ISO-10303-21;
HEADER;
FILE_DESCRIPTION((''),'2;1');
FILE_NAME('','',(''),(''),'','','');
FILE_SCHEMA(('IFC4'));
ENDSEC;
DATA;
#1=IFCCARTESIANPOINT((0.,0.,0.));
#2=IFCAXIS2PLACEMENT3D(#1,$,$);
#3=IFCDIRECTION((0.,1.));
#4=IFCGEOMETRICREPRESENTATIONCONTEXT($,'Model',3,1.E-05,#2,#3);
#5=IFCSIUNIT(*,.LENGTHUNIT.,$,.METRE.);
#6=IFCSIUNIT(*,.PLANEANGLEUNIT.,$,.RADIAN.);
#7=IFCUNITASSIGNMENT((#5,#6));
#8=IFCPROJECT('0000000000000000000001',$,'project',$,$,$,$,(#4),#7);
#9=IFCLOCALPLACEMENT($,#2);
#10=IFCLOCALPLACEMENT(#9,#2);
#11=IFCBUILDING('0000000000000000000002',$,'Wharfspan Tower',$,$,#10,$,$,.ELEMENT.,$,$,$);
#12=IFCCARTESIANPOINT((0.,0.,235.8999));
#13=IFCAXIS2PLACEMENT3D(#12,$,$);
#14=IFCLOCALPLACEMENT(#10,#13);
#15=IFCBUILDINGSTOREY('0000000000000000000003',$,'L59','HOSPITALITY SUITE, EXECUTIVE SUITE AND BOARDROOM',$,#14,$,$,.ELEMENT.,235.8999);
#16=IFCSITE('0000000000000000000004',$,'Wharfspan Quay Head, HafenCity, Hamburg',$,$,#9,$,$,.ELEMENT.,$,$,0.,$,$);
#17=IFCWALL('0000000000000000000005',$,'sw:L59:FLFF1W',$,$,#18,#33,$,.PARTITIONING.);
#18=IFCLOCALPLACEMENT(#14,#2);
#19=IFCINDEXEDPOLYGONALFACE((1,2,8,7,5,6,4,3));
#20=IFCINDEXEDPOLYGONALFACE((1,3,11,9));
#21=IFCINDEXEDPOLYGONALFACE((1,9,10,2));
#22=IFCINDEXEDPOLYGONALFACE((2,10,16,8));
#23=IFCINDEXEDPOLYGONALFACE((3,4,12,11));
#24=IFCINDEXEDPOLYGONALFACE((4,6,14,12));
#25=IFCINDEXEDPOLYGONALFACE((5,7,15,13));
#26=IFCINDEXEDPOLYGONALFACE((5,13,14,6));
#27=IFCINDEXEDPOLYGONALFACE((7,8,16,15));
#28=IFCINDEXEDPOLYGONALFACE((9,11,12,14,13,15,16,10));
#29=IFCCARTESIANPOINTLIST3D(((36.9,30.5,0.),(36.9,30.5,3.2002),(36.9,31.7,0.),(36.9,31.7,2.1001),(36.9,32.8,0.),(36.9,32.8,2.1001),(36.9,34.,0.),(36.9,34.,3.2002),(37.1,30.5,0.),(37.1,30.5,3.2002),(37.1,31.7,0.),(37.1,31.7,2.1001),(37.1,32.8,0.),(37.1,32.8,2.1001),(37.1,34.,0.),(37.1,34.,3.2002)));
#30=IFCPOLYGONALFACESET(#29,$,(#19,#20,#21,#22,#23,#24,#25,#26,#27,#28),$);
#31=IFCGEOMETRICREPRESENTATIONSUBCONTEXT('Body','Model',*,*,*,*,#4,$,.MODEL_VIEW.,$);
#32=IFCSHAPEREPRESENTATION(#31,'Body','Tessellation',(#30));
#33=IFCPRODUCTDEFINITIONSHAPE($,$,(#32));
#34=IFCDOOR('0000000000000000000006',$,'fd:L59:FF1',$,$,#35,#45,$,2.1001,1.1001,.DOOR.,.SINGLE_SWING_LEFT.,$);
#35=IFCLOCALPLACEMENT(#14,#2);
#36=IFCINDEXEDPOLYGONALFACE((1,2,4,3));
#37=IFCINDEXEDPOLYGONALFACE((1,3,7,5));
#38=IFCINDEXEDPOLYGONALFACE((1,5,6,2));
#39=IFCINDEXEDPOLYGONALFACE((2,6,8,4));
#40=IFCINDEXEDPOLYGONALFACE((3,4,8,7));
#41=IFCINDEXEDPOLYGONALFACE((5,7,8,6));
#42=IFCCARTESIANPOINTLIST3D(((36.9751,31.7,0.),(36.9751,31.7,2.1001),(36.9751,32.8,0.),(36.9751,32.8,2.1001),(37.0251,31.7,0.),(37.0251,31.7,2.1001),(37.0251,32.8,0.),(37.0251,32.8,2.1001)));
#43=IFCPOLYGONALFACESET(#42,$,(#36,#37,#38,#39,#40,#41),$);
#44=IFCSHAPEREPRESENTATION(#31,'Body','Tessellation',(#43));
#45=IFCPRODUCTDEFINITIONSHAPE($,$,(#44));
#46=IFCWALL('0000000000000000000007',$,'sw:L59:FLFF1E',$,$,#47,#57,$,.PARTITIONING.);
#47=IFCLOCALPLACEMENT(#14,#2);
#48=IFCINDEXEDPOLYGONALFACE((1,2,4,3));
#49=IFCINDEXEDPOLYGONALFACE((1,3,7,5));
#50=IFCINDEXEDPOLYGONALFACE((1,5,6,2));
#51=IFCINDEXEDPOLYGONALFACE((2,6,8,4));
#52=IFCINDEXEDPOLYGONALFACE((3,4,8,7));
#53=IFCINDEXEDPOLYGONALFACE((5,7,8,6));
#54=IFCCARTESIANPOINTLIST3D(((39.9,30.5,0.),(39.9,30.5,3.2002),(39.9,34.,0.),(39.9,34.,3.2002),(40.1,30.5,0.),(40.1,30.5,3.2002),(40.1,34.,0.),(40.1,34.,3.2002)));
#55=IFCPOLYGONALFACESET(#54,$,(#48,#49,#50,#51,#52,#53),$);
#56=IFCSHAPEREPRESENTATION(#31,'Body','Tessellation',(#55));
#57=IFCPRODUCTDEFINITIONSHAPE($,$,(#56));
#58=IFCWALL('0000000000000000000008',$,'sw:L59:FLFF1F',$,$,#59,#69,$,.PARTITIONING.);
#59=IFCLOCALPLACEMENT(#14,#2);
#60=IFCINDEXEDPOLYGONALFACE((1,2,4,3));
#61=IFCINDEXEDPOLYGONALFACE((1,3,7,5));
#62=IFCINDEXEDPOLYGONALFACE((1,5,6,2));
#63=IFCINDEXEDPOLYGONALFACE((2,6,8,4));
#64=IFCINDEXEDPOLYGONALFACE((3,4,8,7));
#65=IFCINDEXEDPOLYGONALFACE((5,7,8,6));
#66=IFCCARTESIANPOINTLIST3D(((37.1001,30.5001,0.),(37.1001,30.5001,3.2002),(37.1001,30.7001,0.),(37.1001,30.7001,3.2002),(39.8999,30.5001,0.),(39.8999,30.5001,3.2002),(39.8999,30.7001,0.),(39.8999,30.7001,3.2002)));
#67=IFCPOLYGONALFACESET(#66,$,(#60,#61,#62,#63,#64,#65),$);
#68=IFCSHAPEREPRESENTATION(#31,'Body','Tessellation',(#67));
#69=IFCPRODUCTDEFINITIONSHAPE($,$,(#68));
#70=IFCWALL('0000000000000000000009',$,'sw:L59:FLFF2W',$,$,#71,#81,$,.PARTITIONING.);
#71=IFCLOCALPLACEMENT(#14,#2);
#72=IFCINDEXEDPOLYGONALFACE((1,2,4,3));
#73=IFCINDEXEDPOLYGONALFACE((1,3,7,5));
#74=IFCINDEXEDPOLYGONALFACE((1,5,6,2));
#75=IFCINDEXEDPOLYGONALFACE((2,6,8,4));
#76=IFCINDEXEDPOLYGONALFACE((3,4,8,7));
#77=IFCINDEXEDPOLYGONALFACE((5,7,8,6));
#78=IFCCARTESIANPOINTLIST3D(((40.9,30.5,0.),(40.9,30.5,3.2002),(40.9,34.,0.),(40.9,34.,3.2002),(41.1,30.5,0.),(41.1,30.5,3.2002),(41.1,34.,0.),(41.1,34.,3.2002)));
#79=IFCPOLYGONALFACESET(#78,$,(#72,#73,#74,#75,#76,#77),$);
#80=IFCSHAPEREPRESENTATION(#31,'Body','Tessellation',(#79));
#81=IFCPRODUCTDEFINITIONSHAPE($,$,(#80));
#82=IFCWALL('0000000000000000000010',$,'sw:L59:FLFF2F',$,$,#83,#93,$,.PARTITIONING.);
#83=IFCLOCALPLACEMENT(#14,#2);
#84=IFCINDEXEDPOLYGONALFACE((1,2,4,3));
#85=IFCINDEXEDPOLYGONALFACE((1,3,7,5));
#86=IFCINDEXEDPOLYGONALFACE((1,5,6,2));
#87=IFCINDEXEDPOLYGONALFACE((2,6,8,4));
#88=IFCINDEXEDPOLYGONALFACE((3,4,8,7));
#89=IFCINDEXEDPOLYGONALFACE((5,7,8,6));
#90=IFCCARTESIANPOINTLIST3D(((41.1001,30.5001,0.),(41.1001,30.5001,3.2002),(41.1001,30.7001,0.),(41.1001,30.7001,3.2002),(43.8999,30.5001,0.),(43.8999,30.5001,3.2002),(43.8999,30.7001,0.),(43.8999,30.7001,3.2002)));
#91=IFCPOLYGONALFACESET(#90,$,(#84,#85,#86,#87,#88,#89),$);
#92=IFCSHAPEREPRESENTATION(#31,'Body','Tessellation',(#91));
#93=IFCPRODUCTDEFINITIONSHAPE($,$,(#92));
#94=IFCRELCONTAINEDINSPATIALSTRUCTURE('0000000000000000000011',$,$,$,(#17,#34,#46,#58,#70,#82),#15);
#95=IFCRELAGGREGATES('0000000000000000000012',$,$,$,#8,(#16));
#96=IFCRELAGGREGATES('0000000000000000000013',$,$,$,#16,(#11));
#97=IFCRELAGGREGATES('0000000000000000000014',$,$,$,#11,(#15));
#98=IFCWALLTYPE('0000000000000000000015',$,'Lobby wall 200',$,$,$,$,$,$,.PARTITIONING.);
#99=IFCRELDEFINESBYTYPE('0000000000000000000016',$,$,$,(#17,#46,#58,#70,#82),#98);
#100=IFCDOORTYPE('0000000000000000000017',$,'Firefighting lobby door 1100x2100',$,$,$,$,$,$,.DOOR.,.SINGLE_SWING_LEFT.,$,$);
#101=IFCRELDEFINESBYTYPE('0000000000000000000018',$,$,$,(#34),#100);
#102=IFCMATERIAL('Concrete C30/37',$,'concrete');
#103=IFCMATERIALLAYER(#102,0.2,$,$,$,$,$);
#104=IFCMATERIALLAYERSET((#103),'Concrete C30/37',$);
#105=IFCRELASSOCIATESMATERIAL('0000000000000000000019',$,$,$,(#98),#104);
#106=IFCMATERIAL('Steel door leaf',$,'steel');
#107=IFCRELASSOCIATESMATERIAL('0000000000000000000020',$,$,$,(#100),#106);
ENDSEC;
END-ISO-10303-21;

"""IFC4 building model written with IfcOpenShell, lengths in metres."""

from ifc_helpers import new_model, si_unit, direction, frame, frame_2d, origin, place, context, subcontext, project, spatial, rectangle, extrude, material, layer, layer_set, type_object, element, fill, save


model = new_model("IFC4")

# Units and contexts
model_context = context("Model", 3, precision=1e-05, world=origin(), true_north=direction((0.0, 1.0)))
body_context = subcontext(model_context, "Body", "Model", "MODEL_VIEW")
ifc_project = project(units=[si_unit("LENGTHUNIT", "METRE"), si_unit("PLANEANGLEUNIT", "RADIAN")], contexts=[model_context])

# Site, building, storey
site_placement = place(None, origin())
site = spatial("IfcSite", under=ifc_project, at=site_placement, Name="Wharfspan Quay Head, HafenCity, Hamburg", CompositionType="ELEMENT", RefElevation=0.0)
building_placement = place(site_placement, origin())
building = spatial("IfcBuilding", under=site, at=building_placement, Name="Wharfspan Tower", CompositionType="ELEMENT")
storey_placement = place(building_placement, frame((0.0, 0.0, 235.8999)))
storey = spatial("IfcBuildingStorey", under=building, at=storey_placement, Name="L59", Description="HOSPITALITY SUITE, EXECUTIVE SUITE AND BOARDROOM", CompositionType="ELEMENT", Elevation=235.8999)

# Shared definitions
ifc_material_1 = material(Name="Steel door leaf", Category="steel")

# Wall, opening, door
ifc_material_2 = material(Name="Concrete C30/37", Category="concrete")
ifc_layer_1 = layer(ifc_material_2, 0.2)
ifc_layer_set_1 = layer_set([ifc_layer_1], Name="Concrete C30/37")
wall_type_1 = type_object("IfcWallType", Name="Lobby wall 200", PredefinedType="PARTITIONING", material=ifc_layer_set_1)
wall_1_placement = place(storey_placement, frame((37.0, 30.5, 0.0), z_axis=(0.0, 0.0, 1.0), x_axis=(0.0, 1.0, 0.0)))
wall_1 = element("IfcWall", 1, at=wall_1_placement, inside=storey, type_object=wall_type_1, Name="sw:L59:FLFF1W", PredefinedType="PARTITIONING", context=body_context, shape_type="SweptSolid", body=[
    extrude(rectangle(XDim=3.5, YDim=0.2, at=frame_2d((1.75, 0.0))), origin(), (0.0, 0.0, 1.0), 3.2002),
])
opening_1_placement = place(wall_1_placement, frame((1.2, 0.0, 0.0)))
opening_1 = element("IfcOpeningElement", 2, at=opening_1_placement, cuts=wall_1, PredefinedType="OPENING", context=body_context, shape_type="SweptSolid", body=[
    extrude(rectangle(XDim=1.1001, YDim=2.1001, at=frame_2d((0.55, 1.05))), frame((0.0, 0.1099, 0.0), z_axis=(0.0, -1.0, 0.0), x_axis=(1.0, 0.0, 0.0)), (0.0, 0.0, 1.0), 0.22),
])
door_type_1 = type_object("IfcDoorType", Name="Firefighting lobby door 1100x2100", OperationType="SINGLE_SWING_LEFT", PredefinedType="DOOR", material=ifc_material_1)
door_1_placement = place(opening_1_placement, origin())
door_1 = element("IfcDoor", 3, at=door_1_placement, inside=storey, type_object=door_type_1, Name="fd:L59:FF1", OperationType="SINGLE_SWING_LEFT", OverallHeight=2.1001, OverallWidth=1.1001, PredefinedType="DOOR", context=body_context, shape_type="SweptSolid", body=[
    extrude(rectangle(XDim=1.1001, YDim=2.1001, at=frame_2d((0.55, 1.05))), frame((0.0, 0.0249, 0.0), z_axis=(0.0, -1.0, 0.0), x_axis=(1.0, 0.0, 0.0)), (0.0, 0.0, 1.0), 0.05),
])
fill(opening_1, door_1)

# Walls
wall_2_placement = place(storey_placement, frame((40.0, 30.5, 0.0), z_axis=(0.0, 0.0, 1.0), x_axis=(0.0, 1.0, 0.0)))
element("IfcWall", 4, at=wall_2_placement, inside=storey, type_object=wall_type_1, Name="sw:L59:FLFF1E", PredefinedType="PARTITIONING", context=body_context, shape_type="SweptSolid", body=[
    extrude(rectangle(XDim=3.5, YDim=0.2, at=frame_2d((1.75, 0.0))), origin(), (0.0, 0.0, 1.0), 3.2002),
])
wall_3_placement = place(storey_placement, frame((37.1001, 30.6001, 0.0), z_axis=(0.0, 0.0, 1.0), x_axis=(1.0, 0.0, 0.0)))
element("IfcWall", 5, at=wall_3_placement, inside=storey, type_object=wall_type_1, Name="sw:L59:FLFF1F", PredefinedType="PARTITIONING", context=body_context, shape_type="SweptSolid", body=[
    extrude(rectangle(XDim=2.7998, YDim=0.2, at=frame_2d((1.3999, 0.0))), origin(), (0.0, 0.0, 1.0), 3.2002),
])
wall_4_placement = place(storey_placement, frame((41.0, 30.5, 0.0), z_axis=(0.0, 0.0, 1.0), x_axis=(0.0, 1.0, 0.0)))
element("IfcWall", 6, at=wall_4_placement, inside=storey, type_object=wall_type_1, Name="sw:L59:FLFF2W", PredefinedType="PARTITIONING", context=body_context, shape_type="SweptSolid", body=[
    extrude(rectangle(XDim=3.5, YDim=0.2, at=frame_2d((1.75, 0.0))), origin(), (0.0, 0.0, 1.0), 3.2002),
])
wall_5_placement = place(storey_placement, frame((41.1001, 30.6001, 0.0), z_axis=(0.0, 0.0, 1.0), x_axis=(1.0, 0.0, 0.0)))
element("IfcWall", 7, at=wall_5_placement, inside=storey, type_object=wall_type_1, Name="sw:L59:FLFF2F", PredefinedType="PARTITIONING", context=body_context, shape_type="SweptSolid", body=[
    extrude(rectangle(XDim=2.7998, YDim=0.2, at=frame_2d((1.3999, 0.0))), origin(), (0.0, 0.0, 1.0), 3.2002),
])

save(model, "model.ifc")
